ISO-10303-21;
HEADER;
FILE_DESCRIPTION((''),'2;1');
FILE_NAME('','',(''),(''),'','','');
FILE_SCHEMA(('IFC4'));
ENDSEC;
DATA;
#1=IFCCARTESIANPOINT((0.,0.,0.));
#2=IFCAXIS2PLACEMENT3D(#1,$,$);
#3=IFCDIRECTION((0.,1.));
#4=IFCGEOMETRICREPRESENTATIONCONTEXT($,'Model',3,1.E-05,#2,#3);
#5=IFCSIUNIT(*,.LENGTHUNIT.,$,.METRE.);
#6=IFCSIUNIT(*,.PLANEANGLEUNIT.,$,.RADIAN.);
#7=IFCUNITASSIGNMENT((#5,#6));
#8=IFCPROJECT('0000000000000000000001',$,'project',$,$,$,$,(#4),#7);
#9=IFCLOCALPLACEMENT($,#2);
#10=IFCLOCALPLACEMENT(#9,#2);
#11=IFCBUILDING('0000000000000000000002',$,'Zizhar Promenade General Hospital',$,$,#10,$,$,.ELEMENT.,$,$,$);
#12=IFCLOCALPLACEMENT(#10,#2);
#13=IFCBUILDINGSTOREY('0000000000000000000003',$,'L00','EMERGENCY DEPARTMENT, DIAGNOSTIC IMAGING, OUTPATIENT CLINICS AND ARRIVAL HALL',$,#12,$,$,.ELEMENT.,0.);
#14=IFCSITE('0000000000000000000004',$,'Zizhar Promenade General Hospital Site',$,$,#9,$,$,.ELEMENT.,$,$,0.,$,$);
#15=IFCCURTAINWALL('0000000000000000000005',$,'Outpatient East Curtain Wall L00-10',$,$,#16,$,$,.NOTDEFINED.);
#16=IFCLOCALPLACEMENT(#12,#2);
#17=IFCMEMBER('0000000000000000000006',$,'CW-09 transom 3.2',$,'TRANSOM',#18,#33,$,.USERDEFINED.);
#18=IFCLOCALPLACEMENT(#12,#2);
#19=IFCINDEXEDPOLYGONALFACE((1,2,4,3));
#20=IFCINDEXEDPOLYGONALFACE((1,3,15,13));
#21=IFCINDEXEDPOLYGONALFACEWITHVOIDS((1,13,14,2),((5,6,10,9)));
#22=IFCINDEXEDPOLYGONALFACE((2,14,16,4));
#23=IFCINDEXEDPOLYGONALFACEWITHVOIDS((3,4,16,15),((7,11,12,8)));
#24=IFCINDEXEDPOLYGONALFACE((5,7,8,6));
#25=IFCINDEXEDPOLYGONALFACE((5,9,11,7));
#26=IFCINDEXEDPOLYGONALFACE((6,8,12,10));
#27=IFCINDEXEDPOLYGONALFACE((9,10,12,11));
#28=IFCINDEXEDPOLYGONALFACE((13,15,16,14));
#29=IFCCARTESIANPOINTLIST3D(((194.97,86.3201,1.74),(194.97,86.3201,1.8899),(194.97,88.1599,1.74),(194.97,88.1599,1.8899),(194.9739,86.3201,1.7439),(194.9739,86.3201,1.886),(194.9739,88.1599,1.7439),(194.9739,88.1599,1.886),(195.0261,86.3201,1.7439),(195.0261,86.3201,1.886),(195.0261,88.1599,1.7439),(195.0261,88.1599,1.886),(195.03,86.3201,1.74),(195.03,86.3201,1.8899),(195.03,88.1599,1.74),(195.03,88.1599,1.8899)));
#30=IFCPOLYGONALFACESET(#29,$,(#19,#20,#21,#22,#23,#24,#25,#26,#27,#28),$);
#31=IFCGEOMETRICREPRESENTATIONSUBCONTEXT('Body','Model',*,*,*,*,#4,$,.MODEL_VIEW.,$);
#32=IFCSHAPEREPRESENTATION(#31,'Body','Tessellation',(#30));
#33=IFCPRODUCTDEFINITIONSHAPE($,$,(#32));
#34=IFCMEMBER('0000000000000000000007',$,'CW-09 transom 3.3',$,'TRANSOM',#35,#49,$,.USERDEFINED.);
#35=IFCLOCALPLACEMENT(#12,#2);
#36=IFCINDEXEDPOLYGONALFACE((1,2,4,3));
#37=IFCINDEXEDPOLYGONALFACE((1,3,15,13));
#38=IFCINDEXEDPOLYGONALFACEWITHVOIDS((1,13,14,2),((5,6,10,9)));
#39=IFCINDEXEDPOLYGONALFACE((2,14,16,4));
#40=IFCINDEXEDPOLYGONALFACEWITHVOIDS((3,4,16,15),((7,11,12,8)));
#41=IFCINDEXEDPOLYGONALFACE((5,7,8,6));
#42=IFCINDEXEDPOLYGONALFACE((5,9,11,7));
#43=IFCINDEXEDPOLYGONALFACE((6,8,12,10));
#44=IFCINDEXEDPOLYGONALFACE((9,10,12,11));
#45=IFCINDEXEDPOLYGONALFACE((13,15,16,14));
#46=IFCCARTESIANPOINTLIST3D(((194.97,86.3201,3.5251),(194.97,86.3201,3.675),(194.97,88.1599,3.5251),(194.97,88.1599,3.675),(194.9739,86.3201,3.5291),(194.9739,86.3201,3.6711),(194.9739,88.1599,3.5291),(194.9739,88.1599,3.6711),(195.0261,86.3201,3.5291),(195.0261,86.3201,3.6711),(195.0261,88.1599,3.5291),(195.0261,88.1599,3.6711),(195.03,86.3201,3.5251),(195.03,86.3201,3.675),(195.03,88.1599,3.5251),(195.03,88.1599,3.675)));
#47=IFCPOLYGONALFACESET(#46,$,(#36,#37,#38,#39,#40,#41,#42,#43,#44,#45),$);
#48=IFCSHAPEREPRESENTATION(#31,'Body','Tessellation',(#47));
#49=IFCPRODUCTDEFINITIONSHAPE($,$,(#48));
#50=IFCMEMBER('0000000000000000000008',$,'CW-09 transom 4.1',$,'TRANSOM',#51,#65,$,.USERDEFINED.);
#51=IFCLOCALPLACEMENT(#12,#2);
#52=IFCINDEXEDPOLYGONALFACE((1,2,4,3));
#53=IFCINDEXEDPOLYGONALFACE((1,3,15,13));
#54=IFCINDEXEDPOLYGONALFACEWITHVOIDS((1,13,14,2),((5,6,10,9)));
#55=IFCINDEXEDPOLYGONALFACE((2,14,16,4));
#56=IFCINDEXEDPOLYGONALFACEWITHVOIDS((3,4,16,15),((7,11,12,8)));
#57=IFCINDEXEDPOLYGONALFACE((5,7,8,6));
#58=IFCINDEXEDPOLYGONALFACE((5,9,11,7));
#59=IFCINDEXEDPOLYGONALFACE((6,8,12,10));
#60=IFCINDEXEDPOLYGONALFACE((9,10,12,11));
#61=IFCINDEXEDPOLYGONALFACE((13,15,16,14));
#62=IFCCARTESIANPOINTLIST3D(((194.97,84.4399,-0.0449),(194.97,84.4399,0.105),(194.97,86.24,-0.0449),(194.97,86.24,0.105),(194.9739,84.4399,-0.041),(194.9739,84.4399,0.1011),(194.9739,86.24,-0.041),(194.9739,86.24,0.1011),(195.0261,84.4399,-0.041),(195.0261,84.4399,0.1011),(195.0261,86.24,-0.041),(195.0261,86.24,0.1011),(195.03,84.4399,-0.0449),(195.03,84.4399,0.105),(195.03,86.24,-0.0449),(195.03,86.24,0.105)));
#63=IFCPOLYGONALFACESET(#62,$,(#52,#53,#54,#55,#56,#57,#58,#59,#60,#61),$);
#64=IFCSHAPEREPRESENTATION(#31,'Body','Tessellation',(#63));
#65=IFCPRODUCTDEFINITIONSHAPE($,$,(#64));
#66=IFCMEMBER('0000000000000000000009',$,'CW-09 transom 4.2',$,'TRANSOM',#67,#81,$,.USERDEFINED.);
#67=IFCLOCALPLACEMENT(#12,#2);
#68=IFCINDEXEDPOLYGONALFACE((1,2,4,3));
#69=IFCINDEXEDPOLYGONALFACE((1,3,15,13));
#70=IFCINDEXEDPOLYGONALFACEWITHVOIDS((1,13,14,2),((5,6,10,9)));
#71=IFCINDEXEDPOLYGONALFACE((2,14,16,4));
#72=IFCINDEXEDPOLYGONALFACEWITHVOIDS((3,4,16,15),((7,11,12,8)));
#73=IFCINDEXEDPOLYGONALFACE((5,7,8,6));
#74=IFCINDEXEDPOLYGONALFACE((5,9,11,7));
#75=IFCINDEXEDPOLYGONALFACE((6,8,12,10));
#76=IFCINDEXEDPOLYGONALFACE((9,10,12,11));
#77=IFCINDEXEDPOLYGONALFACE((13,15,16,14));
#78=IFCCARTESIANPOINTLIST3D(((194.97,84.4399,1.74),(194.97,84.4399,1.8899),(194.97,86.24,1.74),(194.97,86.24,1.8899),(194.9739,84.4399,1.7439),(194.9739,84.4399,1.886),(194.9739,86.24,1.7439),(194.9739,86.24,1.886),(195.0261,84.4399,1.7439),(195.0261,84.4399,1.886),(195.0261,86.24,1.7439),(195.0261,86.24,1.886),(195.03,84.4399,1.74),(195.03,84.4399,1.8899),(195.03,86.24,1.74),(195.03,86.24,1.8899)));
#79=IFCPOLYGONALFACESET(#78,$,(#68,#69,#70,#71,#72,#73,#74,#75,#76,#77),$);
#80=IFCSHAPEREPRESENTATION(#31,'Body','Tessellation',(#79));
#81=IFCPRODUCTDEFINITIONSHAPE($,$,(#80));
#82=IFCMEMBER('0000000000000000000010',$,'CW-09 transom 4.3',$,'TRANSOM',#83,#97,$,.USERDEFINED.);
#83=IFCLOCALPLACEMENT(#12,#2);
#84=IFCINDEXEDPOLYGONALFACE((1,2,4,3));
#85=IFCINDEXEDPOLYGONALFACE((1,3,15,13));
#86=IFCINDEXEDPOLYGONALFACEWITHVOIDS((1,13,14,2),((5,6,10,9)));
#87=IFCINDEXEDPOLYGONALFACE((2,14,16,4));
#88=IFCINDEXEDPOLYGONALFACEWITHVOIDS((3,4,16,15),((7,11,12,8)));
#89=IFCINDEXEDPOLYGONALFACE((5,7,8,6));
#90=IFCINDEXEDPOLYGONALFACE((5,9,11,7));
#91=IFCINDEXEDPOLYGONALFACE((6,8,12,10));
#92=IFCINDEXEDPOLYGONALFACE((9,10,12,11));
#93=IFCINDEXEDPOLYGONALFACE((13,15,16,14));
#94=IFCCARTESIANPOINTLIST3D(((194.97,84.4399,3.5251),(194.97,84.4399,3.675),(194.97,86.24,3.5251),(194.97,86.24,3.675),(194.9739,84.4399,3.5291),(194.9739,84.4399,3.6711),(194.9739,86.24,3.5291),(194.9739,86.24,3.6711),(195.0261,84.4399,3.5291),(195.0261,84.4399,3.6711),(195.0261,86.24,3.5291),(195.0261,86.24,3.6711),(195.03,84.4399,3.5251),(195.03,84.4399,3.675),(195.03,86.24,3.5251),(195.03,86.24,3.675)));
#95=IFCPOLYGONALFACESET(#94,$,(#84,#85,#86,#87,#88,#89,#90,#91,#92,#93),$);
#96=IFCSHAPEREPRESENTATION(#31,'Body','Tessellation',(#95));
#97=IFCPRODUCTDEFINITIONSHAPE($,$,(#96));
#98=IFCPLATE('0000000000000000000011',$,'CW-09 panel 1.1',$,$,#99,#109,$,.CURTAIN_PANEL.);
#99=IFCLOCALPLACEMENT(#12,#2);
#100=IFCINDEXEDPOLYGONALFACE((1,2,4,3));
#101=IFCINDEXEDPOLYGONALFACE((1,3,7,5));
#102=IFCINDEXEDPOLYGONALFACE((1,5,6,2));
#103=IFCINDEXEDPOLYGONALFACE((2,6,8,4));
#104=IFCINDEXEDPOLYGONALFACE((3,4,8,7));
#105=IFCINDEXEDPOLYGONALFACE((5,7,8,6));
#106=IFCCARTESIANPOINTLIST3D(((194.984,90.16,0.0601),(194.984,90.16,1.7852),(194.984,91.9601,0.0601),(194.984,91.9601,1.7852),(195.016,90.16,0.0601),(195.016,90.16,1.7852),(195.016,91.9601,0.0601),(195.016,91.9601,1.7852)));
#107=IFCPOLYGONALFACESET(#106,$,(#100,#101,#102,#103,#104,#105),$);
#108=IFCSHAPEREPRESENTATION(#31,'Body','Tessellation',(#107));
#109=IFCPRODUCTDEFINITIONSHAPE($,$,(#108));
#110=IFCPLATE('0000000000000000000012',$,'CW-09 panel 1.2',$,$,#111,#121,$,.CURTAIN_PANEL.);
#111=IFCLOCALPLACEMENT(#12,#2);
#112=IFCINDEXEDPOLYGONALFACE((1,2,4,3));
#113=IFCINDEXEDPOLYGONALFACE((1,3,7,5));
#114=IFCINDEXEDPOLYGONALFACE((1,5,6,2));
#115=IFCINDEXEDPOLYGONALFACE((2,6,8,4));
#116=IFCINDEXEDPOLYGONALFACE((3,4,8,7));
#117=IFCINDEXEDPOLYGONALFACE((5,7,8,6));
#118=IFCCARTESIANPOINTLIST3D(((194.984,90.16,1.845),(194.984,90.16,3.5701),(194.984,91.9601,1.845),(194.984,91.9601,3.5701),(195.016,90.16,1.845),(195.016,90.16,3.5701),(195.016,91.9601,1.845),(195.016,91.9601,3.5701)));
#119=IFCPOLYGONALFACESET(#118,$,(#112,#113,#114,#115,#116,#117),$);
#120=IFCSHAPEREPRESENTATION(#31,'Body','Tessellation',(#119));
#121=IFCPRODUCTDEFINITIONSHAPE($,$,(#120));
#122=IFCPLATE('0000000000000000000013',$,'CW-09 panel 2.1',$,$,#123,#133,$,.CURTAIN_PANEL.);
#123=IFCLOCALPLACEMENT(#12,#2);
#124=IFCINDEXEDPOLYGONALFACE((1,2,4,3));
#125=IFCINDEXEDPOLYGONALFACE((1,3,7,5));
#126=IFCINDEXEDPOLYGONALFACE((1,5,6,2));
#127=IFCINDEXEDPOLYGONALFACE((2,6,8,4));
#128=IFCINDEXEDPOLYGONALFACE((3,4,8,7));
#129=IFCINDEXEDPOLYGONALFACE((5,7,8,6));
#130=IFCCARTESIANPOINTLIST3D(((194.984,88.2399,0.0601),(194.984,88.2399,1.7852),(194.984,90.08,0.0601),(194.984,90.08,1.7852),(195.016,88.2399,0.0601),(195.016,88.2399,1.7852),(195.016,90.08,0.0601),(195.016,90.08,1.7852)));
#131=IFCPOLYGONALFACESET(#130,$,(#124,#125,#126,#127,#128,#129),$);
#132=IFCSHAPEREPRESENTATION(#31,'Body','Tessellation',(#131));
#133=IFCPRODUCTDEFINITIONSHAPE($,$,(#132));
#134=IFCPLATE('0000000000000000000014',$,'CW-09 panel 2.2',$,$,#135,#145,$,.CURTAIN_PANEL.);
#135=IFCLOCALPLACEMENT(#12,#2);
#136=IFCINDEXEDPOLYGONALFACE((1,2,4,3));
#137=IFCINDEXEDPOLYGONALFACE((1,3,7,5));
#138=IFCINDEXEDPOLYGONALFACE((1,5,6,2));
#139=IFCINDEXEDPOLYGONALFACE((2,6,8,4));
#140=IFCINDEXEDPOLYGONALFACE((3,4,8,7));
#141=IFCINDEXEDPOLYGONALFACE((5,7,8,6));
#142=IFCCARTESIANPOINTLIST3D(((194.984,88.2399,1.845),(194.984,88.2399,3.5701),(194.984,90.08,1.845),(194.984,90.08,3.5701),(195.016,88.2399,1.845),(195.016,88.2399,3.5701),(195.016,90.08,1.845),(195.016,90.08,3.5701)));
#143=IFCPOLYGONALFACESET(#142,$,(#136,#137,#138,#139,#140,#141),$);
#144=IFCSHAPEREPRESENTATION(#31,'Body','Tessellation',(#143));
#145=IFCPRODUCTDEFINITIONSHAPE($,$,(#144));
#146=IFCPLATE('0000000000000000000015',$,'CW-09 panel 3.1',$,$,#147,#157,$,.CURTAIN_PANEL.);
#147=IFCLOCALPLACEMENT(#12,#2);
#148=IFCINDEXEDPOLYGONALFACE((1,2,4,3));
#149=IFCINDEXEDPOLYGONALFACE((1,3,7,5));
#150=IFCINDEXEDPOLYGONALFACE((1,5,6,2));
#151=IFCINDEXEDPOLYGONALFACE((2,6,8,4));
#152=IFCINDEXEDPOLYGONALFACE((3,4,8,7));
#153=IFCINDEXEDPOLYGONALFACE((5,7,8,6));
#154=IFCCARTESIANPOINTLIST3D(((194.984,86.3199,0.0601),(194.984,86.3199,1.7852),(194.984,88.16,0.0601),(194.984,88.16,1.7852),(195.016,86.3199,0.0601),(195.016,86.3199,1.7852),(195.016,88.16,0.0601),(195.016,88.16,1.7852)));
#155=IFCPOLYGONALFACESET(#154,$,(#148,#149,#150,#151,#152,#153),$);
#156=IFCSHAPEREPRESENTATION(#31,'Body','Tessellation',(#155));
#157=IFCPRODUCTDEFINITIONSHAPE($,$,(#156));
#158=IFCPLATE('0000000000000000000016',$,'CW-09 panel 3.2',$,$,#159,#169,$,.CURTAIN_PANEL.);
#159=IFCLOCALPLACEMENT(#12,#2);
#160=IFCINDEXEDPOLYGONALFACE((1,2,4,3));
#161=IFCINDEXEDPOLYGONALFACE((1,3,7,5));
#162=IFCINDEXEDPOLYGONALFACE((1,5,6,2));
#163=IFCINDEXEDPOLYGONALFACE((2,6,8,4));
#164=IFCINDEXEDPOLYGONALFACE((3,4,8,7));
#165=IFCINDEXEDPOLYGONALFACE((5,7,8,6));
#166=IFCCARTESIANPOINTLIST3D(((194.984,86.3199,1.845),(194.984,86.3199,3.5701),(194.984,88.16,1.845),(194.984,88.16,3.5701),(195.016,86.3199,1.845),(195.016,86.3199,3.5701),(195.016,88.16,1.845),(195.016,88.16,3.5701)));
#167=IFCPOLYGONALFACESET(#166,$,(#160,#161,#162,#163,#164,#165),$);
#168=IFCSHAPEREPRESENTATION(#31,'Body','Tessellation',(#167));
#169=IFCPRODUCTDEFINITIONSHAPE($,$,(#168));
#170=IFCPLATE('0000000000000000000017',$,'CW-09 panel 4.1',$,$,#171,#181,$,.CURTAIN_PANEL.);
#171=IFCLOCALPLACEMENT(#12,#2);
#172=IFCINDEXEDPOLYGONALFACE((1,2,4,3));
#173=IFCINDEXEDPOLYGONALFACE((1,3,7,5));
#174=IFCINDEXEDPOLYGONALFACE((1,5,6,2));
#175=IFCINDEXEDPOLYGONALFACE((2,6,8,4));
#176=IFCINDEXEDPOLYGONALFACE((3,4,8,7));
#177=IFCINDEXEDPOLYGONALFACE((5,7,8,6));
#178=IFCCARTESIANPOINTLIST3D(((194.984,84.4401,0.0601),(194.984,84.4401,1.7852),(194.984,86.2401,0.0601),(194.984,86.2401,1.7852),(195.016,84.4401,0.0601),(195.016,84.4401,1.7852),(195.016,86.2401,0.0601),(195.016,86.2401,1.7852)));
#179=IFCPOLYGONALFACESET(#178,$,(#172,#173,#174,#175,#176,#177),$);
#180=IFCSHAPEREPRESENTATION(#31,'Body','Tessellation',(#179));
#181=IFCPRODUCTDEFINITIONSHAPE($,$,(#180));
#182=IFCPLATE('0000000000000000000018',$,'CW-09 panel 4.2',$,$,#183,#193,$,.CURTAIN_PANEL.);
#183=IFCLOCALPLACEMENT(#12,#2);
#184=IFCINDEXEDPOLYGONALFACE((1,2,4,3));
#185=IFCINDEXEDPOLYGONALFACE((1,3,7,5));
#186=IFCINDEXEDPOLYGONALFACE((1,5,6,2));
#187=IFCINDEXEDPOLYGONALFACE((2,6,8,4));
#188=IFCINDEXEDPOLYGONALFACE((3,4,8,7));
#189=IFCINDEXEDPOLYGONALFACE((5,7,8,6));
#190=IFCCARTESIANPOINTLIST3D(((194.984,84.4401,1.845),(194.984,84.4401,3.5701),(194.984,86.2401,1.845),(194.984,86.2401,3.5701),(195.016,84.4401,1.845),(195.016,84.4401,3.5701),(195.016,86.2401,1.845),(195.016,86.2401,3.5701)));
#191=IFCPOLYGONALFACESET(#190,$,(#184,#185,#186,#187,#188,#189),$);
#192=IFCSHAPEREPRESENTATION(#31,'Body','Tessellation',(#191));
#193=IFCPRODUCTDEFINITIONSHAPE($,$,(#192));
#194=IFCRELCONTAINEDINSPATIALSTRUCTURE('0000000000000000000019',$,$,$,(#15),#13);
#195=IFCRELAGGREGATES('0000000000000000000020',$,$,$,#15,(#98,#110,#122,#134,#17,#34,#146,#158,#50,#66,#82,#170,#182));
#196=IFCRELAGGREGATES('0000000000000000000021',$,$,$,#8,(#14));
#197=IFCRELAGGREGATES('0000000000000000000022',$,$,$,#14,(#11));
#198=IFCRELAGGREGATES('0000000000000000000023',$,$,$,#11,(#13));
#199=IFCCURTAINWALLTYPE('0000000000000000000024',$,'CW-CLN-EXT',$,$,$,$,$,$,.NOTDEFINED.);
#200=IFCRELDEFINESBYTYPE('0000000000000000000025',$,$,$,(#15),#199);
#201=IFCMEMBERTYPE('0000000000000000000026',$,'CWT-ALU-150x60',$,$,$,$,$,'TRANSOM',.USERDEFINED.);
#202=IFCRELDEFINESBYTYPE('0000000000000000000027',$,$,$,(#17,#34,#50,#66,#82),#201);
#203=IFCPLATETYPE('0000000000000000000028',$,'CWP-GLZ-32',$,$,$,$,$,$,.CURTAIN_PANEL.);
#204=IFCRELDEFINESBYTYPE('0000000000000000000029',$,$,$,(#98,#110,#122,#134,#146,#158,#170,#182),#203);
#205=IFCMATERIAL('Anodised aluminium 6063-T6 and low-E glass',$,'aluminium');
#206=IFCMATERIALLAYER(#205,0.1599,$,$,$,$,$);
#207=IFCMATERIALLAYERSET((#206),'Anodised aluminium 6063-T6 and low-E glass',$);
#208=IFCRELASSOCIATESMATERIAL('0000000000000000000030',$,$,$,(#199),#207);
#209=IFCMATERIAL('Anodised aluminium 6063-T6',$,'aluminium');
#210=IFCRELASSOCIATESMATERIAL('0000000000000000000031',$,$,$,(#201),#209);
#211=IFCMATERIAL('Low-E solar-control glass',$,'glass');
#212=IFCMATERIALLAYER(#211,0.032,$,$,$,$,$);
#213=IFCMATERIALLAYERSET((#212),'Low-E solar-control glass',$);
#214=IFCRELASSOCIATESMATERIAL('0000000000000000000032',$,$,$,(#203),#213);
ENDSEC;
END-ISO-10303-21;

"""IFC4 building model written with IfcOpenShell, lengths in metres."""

from ifc_helpers import new_model, si_unit, direction, frame, origin, origin_2d, place, context, subcontext, project, spatial, rectangle, hollow_rectangle, extrude, material, layer, layer_set, material_profile, profile_set, type_object, element, aggregate, save


model = new_model("IFC4")

# Units and contexts
model_context = context("Model", 3, precision=1e-05, world=origin(), true_north=direction((0.0, 1.0)))
body_context = subcontext(model_context, "Body", "Model", "MODEL_VIEW")
ifc_project = project(units=[si_unit("LENGTHUNIT", "METRE"), si_unit("PLANEANGLEUNIT", "RADIAN")], contexts=[model_context])

# Site, building, storey
site_placement = place(None, origin())
site = spatial("IfcSite", under=ifc_project, at=site_placement, Name="Zizhar Promenade General Hospital Site", CompositionType="ELEMENT", RefElevation=0.0)
building_placement = place(site_placement, origin())
building = spatial("IfcBuilding", under=site, at=building_placement, Name="Zizhar Promenade General Hospital", CompositionType="ELEMENT")
storey_placement = place(building_placement, origin())
storey = spatial("IfcBuildingStorey", under=building, at=storey_placement, Name="L00", Description="EMERGENCY DEPARTMENT, DIAGNOSTIC IMAGING, OUTPATIENT CLINICS AND ARRIVAL HALL", CompositionType="ELEMENT", Elevation=0.0)

# Curtain wall, members, plates
ifc_material_1 = material(Name="Anodised aluminium 6063-T6 and low-E glass", Category="aluminium")
ifc_layer_1 = layer(ifc_material_1, 0.1599)
ifc_layer_set_1 = layer_set([ifc_layer_1], Name="Anodised aluminium 6063-T6 and low-E glass")
curtain_wall_type = type_object("IfcCurtainWallType", Name="CW-CLN-EXT", PredefinedType="NOTDEFINED", material=ifc_layer_set_1)
curtain_wall_placement = place(storey_placement, origin())
curtain_wall = element("IfcCurtainWall", 1, at=curtain_wall_placement, inside=storey, type_object=curtain_wall_type, Name="Outpatient East Curtain Wall L00-10", PredefinedType="NOTDEFINED")
ifc_material_2 = material(Name="Anodised aluminium 6063-T6", Category="aluminium")
ifc_material_profile_1 = material_profile(ifc_material_2, hollow_rectangle(XDim=0.0601, YDim=0.1499, WallThickness=0.0039, at=origin_2d()))
ifc_profile_set_1 = profile_set([ifc_material_profile_1], Name="Anodised aluminium 6063-T6")
member_type_1 = type_object("IfcMemberType", Name="CWT-ALU-150x60", ElementType="TRANSOM", PredefinedType="USERDEFINED", material=ifc_profile_set_1)
member_1_placement = place(storey_placement, frame((195.0, 88.1599, 1.8149), z_axis=(0.0, -1.0, 0.0), x_axis=(1.0, 0.0, 0.0)))
member_1 = element("IfcMember", 2, at=member_1_placement, type_object=member_type_1, Name="CW-09 transom 3.2", ObjectType="TRANSOM", PredefinedType="USERDEFINED", context=body_context, shape_type="SweptSolid", body=[
    extrude(hollow_rectangle(XDim=0.0601, YDim=0.1499, WallThickness=0.0039, at=origin_2d()), origin(), (0.0, 0.0, 1.0), 1.8398),
])
member_2_placement = place(storey_placement, frame((195.0, 88.1599, 3.6001), z_axis=(0.0, -1.0, 0.0), x_axis=(1.0, 0.0, 0.0)))
member_2 = element("IfcMember", 3, at=member_2_placement, type_object=member_type_1, Name="CW-09 transom 3.3", ObjectType="TRANSOM", PredefinedType="USERDEFINED", context=body_context, shape_type="SweptSolid", body=[
    extrude(hollow_rectangle(XDim=0.0601, YDim=0.1499, WallThickness=0.0039, at=origin_2d()), origin(), (0.0, 0.0, 1.0), 1.8398),
])
member_3_placement = place(storey_placement, frame((195.0, 86.24, 0.03), z_axis=(0.0, -1.0, 0.0), x_axis=(1.0, 0.0, 0.0)))
member_3 = element("IfcMember", 4, at=member_3_placement, type_object=member_type_1, Name="CW-09 transom 4.1", ObjectType="TRANSOM", PredefinedType="USERDEFINED", context=body_context, shape_type="SweptSolid", body=[
    extrude(hollow_rectangle(XDim=0.0601, YDim=0.1499, WallThickness=0.0039, at=origin_2d()), origin(), (0.0, 0.0, 1.0), 1.8),
])
member_4_placement = place(storey_placement, frame((195.0, 86.24, 1.8149), z_axis=(0.0, -1.0, 0.0), x_axis=(1.0, 0.0, 0.0)))
member_4 = element("IfcMember", 5, at=member_4_placement, type_object=member_type_1, Name="CW-09 transom 4.2", ObjectType="TRANSOM", PredefinedType="USERDEFINED", context=body_context, shape_type="SweptSolid", body=[
    extrude(hollow_rectangle(XDim=0.0601, YDim=0.1499, WallThickness=0.0039, at=origin_2d()), origin(), (0.0, 0.0, 1.0), 1.8),
])
member_5_placement = place(storey_placement, frame((195.0, 86.24, 3.6001), z_axis=(0.0, -1.0, 0.0), x_axis=(1.0, 0.0, 0.0)))
member_5 = element("IfcMember", 6, at=member_5_placement, type_object=member_type_1, Name="CW-09 transom 4.3", ObjectType="TRANSOM", PredefinedType="USERDEFINED", context=body_context, shape_type="SweptSolid", body=[
    extrude(hollow_rectangle(XDim=0.0601, YDim=0.1499, WallThickness=0.0039, at=origin_2d()), origin(), (0.0, 0.0, 1.0), 1.8),
])
ifc_material_3 = material(Name="Low-E solar-control glass", Category="glass")
ifc_layer_2 = layer(ifc_material_3, 0.032)
ifc_layer_set_2 = layer_set([ifc_layer_2], Name="Low-E solar-control glass")
plate_type = type_object("IfcPlateType", Name="CWP-GLZ-32", PredefinedType="CURTAIN_PANEL", material=ifc_layer_set_2)
plate_1_placement = place(storey_placement, frame((195.0, 91.0601, 0.0601), z_axis=(0.0, 0.0, 1.0), x_axis=(0.0, -1.0, 0.0)))
plate_1 = element("IfcPlate", 7, at=plate_1_placement, type_object=plate_type, Name="CW-09 panel 1.1", PredefinedType="CURTAIN_PANEL", context=body_context, shape_type="SweptSolid", body=[
    extrude(rectangle(XDim=1.8, YDim=0.032, at=origin_2d()), origin(), (0.0, 0.0, 1.0), 1.7251),
])
plate_2_placement = place(storey_placement, frame((195.0, 91.0601, 1.845), z_axis=(0.0, 0.0, 1.0), x_axis=(0.0, -1.0, 0.0)))
plate_2 = element("IfcPlate", 8, at=plate_2_placement, type_object=plate_type, Name="CW-09 panel 1.2", PredefinedType="CURTAIN_PANEL", context=body_context, shape_type="SweptSolid", body=[
    extrude(rectangle(XDim=1.8, YDim=0.032, at=origin_2d()), origin(), (0.0, 0.0, 1.0), 1.7251),
])
plate_3_placement = place(storey_placement, frame((195.0, 89.1599, 0.0601), z_axis=(0.0, 0.0, 1.0), x_axis=(0.0, -1.0, 0.0)))
plate_3 = element("IfcPlate", 9, at=plate_3_placement, type_object=plate_type, Name="CW-09 panel 2.1", PredefinedType="CURTAIN_PANEL", context=body_context, shape_type="SweptSolid", body=[
    extrude(rectangle(XDim=1.8401, YDim=0.032, at=origin_2d()), origin(), (0.0, 0.0, 1.0), 1.7251),
])
plate_4_placement = place(storey_placement, frame((195.0, 89.1599, 1.845), z_axis=(0.0, 0.0, 1.0), x_axis=(0.0, -1.0, 0.0)))
plate_4 = element("IfcPlate", 10, at=plate_4_placement, type_object=plate_type, Name="CW-09 panel 2.2", PredefinedType="CURTAIN_PANEL", context=body_context, shape_type="SweptSolid", body=[
    extrude(rectangle(XDim=1.8401, YDim=0.032, at=origin_2d()), origin(), (0.0, 0.0, 1.0), 1.7251),
])
plate_5_placement = place(storey_placement, frame((195.0, 87.24, 0.0601), z_axis=(0.0, 0.0, 1.0), x_axis=(0.0, -1.0, 0.0)))
plate_5 = element("IfcPlate", 11, at=plate_5_placement, type_object=plate_type, Name="CW-09 panel 3.1", PredefinedType="CURTAIN_PANEL", context=body_context, shape_type="SweptSolid", body=[
    extrude(rectangle(XDim=1.8401, YDim=0.032, at=origin_2d()), origin(), (0.0, 0.0, 1.0), 1.7251),
])
plate_6_placement = place(storey_placement, frame((195.0, 87.24, 1.845), z_axis=(0.0, 0.0, 1.0), x_axis=(0.0, -1.0, 0.0)))
plate_6 = element("IfcPlate", 12, at=plate_6_placement, type_object=plate_type, Name="CW-09 panel 3.2", PredefinedType="CURTAIN_PANEL", context=body_context, shape_type="SweptSolid", body=[
    extrude(rectangle(XDim=1.8401, YDim=0.032, at=origin_2d()), origin(), (0.0, 0.0, 1.0), 1.7251),
])
plate_7_placement = place(storey_placement, frame((195.0, 85.3401, 0.0601), z_axis=(0.0, 0.0, 1.0), x_axis=(0.0, -1.0, 0.0)))
plate_7 = element("IfcPlate", 13, at=plate_7_placement, type_object=plate_type, Name="CW-09 panel 4.1", PredefinedType="CURTAIN_PANEL", context=body_context, shape_type="SweptSolid", body=[
    extrude(rectangle(XDim=1.8, YDim=0.032, at=origin_2d()), origin(), (0.0, 0.0, 1.0), 1.7251),
])
plate_8_placement = place(storey_placement, frame((195.0, 85.3401, 1.845), z_axis=(0.0, 0.0, 1.0), x_axis=(0.0, -1.0, 0.0)))
plate_8 = element("IfcPlate", 14, at=plate_8_placement, type_object=plate_type, Name="CW-09 panel 4.2", PredefinedType="CURTAIN_PANEL", context=body_context, shape_type="SweptSolid", body=[
    extrude(rectangle(XDim=1.8, YDim=0.032, at=origin_2d()), origin(), (0.0, 0.0, 1.0), 1.7251),
])
aggregate(curtain_wall, [plate_1, plate_2, plate_3, plate_4, member_1, member_2, plate_5, plate_6, member_3, member_4, member_5, plate_7, plate_8])

save(model, "model.ifc")
